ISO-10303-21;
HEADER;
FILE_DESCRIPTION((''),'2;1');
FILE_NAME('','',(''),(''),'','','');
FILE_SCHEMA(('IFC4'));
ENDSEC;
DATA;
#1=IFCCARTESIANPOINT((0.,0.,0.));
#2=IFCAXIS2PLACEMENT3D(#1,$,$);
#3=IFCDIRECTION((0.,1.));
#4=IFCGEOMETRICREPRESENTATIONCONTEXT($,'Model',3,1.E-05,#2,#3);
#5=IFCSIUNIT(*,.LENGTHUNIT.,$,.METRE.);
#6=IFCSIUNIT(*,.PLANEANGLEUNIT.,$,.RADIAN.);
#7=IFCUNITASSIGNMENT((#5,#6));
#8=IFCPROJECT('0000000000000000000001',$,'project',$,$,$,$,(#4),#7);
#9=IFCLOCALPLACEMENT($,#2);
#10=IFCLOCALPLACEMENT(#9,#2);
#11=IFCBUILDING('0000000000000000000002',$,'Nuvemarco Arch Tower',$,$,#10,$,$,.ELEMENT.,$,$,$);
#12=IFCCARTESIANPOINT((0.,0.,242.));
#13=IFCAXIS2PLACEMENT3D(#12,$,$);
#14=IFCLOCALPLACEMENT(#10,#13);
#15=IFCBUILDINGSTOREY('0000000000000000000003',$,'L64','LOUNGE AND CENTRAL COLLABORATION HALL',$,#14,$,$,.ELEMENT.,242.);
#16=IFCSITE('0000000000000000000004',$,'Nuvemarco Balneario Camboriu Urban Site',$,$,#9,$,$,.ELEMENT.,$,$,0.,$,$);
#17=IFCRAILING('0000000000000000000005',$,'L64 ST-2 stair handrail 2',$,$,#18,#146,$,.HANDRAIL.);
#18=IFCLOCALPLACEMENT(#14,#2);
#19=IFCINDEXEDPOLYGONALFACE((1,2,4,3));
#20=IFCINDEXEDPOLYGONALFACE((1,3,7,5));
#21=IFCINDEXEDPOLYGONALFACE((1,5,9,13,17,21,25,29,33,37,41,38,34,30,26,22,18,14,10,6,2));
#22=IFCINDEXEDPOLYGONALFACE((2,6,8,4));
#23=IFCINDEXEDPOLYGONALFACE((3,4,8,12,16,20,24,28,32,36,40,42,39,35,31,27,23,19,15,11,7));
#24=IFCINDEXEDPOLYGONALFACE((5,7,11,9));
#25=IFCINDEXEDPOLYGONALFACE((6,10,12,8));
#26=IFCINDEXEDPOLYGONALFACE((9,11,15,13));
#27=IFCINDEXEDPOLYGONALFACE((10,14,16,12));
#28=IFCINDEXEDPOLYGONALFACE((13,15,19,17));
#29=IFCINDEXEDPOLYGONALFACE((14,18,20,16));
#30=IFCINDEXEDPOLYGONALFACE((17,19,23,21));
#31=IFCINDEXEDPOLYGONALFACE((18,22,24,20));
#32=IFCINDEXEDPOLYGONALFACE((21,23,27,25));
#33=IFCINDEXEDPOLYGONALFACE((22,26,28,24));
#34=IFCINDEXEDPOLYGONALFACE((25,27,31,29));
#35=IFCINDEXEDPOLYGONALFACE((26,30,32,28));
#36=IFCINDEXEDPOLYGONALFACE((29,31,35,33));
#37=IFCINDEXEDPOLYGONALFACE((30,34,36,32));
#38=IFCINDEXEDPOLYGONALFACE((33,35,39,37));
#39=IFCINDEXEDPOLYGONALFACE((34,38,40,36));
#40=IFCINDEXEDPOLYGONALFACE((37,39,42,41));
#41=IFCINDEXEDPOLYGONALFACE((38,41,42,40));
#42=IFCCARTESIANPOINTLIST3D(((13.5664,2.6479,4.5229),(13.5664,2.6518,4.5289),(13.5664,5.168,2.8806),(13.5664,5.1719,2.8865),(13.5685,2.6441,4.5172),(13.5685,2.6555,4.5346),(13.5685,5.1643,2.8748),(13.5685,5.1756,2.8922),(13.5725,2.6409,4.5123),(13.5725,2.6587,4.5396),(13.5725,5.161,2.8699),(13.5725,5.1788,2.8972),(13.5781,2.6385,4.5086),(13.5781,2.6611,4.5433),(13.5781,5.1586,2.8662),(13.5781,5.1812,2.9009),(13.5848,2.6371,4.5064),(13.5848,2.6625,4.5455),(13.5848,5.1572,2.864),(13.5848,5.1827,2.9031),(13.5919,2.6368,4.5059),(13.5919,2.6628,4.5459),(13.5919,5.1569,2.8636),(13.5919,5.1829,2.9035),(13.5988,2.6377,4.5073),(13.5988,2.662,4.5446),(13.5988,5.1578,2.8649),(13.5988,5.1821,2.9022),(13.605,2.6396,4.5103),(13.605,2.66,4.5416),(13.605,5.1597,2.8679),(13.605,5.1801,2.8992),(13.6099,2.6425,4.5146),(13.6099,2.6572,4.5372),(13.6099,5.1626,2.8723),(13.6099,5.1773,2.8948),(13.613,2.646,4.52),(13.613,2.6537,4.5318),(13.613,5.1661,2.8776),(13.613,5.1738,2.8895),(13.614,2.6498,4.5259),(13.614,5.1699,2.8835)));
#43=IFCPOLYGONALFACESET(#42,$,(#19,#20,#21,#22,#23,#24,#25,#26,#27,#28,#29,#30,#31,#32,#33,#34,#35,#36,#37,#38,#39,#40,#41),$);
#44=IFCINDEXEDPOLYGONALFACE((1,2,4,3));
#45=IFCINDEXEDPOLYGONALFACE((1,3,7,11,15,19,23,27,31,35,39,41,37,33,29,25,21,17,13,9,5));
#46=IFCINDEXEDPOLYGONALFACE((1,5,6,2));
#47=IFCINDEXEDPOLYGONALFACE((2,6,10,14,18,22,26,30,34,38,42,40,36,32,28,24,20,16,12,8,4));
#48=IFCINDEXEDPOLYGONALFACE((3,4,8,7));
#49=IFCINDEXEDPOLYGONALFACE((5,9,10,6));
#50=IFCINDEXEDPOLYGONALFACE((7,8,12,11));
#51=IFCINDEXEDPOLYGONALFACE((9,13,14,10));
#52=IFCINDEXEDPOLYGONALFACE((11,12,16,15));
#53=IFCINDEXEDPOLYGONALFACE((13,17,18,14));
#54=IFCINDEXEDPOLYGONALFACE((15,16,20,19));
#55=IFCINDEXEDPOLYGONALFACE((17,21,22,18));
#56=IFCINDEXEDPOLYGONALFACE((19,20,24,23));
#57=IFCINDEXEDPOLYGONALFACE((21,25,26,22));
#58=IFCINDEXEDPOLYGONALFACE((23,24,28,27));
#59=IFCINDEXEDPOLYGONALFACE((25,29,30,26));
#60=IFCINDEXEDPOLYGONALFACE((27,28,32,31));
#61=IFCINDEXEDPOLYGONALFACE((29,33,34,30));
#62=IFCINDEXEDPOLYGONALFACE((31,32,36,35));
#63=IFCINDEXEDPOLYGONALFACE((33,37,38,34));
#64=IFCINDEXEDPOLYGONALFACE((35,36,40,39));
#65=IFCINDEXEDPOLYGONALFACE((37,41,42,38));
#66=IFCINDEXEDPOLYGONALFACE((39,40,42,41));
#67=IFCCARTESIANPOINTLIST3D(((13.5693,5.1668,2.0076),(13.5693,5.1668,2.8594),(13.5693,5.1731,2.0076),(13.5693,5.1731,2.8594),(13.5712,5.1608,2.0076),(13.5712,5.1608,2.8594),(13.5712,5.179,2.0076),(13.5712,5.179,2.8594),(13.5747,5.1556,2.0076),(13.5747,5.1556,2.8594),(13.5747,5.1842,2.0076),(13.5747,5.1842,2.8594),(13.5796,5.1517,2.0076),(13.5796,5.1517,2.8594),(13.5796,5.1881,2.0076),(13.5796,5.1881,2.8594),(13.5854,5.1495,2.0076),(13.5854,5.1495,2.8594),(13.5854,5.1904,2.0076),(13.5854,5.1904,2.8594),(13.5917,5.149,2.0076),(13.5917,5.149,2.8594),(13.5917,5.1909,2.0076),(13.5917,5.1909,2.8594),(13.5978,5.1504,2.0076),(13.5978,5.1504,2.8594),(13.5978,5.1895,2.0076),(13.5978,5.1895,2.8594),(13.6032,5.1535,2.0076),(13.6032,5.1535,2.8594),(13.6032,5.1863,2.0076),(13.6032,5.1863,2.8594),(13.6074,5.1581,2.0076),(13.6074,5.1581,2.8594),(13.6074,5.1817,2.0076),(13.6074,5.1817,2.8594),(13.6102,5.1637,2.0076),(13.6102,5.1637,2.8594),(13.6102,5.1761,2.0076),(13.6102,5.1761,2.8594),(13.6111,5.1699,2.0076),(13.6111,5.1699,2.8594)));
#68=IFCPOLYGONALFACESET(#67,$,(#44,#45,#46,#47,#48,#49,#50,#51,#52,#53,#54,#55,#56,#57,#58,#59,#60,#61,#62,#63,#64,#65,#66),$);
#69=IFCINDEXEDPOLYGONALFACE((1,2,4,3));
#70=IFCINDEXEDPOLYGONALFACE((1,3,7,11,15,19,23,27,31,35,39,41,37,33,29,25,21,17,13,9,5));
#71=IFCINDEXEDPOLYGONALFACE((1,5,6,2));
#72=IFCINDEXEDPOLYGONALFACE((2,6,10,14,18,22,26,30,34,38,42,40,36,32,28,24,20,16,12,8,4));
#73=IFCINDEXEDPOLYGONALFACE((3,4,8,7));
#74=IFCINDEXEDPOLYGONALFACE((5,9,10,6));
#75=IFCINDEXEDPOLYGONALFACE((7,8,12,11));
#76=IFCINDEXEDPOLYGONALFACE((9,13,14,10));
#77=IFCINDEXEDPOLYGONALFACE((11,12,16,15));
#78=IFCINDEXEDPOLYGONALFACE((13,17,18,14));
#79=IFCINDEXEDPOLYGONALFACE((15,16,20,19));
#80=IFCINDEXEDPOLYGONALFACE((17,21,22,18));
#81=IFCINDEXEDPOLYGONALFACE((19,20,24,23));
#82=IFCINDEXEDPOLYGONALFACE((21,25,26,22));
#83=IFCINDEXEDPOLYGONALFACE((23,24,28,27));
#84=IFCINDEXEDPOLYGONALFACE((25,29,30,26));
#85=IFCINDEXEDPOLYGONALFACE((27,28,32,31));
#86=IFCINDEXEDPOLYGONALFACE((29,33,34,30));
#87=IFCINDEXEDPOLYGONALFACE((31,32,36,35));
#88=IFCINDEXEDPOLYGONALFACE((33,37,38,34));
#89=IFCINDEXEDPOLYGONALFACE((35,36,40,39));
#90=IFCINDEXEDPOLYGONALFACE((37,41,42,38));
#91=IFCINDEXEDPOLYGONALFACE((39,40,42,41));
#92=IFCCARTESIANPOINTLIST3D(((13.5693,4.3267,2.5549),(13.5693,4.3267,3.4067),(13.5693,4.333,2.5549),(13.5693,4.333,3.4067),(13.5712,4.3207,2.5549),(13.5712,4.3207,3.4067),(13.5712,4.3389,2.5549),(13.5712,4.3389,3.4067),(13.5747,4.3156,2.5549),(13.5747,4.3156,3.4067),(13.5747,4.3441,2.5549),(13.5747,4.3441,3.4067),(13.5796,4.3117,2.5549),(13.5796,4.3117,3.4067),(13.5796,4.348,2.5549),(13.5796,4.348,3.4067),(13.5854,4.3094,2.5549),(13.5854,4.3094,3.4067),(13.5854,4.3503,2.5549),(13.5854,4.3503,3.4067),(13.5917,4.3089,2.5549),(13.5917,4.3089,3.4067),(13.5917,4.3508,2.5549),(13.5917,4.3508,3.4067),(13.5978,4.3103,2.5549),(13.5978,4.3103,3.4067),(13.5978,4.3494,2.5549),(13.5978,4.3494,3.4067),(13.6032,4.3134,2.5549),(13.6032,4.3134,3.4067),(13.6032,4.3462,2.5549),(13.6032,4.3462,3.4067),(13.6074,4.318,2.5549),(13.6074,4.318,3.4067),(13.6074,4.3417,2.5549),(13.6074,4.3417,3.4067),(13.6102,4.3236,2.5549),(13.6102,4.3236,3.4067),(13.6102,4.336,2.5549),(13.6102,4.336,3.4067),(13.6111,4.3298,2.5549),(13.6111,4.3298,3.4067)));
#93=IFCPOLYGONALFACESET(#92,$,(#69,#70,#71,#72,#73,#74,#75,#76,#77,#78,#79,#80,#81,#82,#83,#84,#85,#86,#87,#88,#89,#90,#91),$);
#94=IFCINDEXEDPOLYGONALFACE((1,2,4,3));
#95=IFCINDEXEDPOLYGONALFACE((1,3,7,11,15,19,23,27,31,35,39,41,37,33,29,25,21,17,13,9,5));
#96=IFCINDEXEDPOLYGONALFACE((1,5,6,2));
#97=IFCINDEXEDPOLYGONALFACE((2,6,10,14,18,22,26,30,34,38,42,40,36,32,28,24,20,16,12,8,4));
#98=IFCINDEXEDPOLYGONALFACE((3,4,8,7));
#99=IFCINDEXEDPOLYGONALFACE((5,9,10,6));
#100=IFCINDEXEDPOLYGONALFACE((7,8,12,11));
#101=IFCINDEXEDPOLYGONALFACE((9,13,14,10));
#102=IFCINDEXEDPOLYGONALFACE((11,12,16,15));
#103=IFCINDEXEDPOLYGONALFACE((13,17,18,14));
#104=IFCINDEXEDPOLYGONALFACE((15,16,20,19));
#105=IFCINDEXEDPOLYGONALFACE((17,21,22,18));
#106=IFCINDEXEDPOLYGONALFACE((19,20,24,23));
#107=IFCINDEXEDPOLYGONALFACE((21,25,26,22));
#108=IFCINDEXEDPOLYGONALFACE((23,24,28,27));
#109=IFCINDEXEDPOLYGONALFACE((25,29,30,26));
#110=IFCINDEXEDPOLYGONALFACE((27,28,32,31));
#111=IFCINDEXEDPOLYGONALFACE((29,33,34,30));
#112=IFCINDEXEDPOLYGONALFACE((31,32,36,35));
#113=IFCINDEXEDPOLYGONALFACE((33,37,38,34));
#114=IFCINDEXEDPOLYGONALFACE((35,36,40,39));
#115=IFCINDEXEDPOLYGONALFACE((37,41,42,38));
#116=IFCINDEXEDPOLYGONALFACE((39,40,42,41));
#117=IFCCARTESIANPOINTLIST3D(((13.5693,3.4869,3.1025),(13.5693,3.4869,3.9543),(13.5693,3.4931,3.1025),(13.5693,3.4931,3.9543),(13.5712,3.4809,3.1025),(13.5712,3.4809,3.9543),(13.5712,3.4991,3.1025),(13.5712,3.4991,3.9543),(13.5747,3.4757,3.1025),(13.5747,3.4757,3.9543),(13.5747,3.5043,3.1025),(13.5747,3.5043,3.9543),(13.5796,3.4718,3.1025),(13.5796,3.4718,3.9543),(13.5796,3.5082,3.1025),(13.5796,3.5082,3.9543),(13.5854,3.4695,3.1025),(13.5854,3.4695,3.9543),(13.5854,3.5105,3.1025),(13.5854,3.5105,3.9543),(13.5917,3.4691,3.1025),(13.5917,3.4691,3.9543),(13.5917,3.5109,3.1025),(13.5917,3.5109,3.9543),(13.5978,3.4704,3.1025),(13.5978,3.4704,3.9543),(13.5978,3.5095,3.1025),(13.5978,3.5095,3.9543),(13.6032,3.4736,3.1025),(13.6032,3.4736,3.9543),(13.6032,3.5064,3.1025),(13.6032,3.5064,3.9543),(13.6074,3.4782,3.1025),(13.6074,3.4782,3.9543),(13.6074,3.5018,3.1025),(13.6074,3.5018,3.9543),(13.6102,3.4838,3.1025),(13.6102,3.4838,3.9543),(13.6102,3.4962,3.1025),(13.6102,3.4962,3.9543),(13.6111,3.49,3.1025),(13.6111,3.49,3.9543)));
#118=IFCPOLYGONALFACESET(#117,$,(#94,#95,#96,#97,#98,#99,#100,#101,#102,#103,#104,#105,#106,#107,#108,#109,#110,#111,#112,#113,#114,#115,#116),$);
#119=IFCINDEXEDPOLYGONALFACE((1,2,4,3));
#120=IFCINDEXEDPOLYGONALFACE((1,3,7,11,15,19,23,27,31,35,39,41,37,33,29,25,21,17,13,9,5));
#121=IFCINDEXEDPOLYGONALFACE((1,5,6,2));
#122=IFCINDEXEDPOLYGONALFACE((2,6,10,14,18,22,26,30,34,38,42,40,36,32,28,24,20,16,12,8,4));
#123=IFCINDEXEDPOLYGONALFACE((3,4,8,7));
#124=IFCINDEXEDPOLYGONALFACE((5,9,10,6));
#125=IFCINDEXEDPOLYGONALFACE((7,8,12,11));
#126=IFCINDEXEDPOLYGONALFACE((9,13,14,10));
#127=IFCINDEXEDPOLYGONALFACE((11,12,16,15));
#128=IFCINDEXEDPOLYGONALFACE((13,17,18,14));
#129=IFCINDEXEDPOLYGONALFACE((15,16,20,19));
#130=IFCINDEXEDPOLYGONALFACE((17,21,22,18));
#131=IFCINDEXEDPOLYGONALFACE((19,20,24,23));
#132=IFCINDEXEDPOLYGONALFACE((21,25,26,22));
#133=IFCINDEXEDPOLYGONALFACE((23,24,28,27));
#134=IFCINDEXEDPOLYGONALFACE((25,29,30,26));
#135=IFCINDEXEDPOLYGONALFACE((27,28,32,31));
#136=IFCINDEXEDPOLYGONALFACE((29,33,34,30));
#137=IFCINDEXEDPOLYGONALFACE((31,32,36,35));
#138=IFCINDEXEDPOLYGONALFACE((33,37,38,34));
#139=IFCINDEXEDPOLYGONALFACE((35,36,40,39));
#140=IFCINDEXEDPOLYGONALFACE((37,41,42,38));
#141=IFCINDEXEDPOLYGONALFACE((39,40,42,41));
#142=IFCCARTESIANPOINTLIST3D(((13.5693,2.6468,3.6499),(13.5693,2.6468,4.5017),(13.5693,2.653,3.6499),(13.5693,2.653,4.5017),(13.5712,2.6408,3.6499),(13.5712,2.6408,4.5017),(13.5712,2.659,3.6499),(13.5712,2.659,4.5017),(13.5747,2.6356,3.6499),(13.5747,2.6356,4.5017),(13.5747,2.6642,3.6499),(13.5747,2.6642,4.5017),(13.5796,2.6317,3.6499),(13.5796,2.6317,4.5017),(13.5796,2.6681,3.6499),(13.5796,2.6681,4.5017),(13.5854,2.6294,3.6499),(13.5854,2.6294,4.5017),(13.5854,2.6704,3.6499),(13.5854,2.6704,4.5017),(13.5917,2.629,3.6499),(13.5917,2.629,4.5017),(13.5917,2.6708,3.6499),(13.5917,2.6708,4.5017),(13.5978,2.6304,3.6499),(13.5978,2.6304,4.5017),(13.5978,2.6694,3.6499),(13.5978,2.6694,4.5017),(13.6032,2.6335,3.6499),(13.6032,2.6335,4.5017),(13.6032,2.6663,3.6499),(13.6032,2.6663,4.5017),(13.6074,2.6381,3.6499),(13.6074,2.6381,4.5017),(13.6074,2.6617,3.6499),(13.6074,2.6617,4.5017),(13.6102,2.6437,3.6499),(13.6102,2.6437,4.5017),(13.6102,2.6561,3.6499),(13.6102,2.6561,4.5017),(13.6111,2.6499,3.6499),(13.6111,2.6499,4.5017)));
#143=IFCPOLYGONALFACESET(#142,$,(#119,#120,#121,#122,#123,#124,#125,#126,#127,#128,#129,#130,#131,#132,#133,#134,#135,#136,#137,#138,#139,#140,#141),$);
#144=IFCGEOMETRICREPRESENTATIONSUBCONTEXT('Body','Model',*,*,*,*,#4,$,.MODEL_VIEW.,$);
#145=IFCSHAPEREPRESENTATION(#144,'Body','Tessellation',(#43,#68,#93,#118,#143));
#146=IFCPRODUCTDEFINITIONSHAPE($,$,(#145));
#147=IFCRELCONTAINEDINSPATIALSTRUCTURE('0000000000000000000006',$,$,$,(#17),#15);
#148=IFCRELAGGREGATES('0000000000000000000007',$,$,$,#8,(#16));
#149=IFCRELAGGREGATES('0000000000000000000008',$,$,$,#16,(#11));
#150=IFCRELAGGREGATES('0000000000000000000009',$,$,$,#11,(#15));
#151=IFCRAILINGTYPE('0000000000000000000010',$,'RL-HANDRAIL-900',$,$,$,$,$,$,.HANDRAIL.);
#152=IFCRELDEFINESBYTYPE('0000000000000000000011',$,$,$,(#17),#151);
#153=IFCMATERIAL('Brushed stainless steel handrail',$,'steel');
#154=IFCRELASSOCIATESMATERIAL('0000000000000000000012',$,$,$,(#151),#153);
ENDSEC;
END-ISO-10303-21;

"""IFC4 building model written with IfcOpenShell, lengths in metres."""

from ifc_helpers import new_model, si_unit, direction, frame, origin, origin_2d, place, context, subcontext, project, spatial, circle, extrude, material, type_object, element, save


model = new_model("IFC4")

# Units and contexts
model_context = context("Model", 3, precision=1e-05, world=origin(), true_north=direction((0.0, 1.0)))
body_context = subcontext(model_context, "Body", "Model", "MODEL_VIEW")
ifc_project = project(units=[si_unit("LENGTHUNIT", "METRE"), si_unit("PLANEANGLEUNIT", "RADIAN")], contexts=[model_context])

# Site, building, storey
site_placement = place(None, origin())
site = spatial("IfcSite", under=ifc_project, at=site_placement, Name="Nuvemarco Balneario Camboriu Urban Site", CompositionType="ELEMENT", RefElevation=0.0)
building_placement = place(site_placement, origin())
building = spatial("IfcBuilding", under=site, at=building_placement, Name="Nuvemarco Arch Tower", CompositionType="ELEMENT")
storey_placement = place(building_placement, frame((0.0, 0.0, 242.0)))
storey = spatial("IfcBuildingStorey", under=building, at=storey_placement, Name="L64", Description="LOUNGE AND CENTRAL COLLABORATION HALL", CompositionType="ELEMENT", Elevation=242.0)

# Railing
ifc_material_1 = material(Name="Brushed stainless steel handrail", Category="steel")
railing_type_1 = type_object("IfcRailingType", Name="RL-HANDRAIL-900", PredefinedType="HANDRAIL", material=ifc_material_1)
railing_1_placement = place(storey_placement, frame((13.5901, 5.1699, 2.0076)))
element("IfcRailing", 1, at=railing_1_placement, inside=storey, type_object=railing_type_1, Name="L64 ST-2 stair handrail 2", PredefinedType="HANDRAIL", context=body_context, shape_type="SweptSolid", body=[
    extrude(circle(Radius=0.0239, at=origin_2d()), frame((0.0, 0.0, 0.876), z_axis=(0.0, -0.837787, 0.545998), x_axis=(1.0, 0.0, 0.0)), (0.0, 0.0, 1.0), 3.0081),
    extrude(circle(Radius=0.021, at=origin_2d()), origin(), (0.0, 0.0, 1.0), 0.8518),
    extrude(circle(Radius=0.021, at=origin_2d()), frame((0.0, -0.8401, 0.5474)), (0.0, 0.0, 1.0), 0.8518),
    extrude(circle(Radius=0.021, at=origin_2d()), frame((0.0, -1.6799, 1.095)), (0.0, 0.0, 1.0), 0.8518),
    extrude(circle(Radius=0.021, at=origin_2d()), frame((0.0, -2.52, 1.6423)), (0.0, 0.0, 1.0), 0.8518),
])

save(model, "model.ifc")
